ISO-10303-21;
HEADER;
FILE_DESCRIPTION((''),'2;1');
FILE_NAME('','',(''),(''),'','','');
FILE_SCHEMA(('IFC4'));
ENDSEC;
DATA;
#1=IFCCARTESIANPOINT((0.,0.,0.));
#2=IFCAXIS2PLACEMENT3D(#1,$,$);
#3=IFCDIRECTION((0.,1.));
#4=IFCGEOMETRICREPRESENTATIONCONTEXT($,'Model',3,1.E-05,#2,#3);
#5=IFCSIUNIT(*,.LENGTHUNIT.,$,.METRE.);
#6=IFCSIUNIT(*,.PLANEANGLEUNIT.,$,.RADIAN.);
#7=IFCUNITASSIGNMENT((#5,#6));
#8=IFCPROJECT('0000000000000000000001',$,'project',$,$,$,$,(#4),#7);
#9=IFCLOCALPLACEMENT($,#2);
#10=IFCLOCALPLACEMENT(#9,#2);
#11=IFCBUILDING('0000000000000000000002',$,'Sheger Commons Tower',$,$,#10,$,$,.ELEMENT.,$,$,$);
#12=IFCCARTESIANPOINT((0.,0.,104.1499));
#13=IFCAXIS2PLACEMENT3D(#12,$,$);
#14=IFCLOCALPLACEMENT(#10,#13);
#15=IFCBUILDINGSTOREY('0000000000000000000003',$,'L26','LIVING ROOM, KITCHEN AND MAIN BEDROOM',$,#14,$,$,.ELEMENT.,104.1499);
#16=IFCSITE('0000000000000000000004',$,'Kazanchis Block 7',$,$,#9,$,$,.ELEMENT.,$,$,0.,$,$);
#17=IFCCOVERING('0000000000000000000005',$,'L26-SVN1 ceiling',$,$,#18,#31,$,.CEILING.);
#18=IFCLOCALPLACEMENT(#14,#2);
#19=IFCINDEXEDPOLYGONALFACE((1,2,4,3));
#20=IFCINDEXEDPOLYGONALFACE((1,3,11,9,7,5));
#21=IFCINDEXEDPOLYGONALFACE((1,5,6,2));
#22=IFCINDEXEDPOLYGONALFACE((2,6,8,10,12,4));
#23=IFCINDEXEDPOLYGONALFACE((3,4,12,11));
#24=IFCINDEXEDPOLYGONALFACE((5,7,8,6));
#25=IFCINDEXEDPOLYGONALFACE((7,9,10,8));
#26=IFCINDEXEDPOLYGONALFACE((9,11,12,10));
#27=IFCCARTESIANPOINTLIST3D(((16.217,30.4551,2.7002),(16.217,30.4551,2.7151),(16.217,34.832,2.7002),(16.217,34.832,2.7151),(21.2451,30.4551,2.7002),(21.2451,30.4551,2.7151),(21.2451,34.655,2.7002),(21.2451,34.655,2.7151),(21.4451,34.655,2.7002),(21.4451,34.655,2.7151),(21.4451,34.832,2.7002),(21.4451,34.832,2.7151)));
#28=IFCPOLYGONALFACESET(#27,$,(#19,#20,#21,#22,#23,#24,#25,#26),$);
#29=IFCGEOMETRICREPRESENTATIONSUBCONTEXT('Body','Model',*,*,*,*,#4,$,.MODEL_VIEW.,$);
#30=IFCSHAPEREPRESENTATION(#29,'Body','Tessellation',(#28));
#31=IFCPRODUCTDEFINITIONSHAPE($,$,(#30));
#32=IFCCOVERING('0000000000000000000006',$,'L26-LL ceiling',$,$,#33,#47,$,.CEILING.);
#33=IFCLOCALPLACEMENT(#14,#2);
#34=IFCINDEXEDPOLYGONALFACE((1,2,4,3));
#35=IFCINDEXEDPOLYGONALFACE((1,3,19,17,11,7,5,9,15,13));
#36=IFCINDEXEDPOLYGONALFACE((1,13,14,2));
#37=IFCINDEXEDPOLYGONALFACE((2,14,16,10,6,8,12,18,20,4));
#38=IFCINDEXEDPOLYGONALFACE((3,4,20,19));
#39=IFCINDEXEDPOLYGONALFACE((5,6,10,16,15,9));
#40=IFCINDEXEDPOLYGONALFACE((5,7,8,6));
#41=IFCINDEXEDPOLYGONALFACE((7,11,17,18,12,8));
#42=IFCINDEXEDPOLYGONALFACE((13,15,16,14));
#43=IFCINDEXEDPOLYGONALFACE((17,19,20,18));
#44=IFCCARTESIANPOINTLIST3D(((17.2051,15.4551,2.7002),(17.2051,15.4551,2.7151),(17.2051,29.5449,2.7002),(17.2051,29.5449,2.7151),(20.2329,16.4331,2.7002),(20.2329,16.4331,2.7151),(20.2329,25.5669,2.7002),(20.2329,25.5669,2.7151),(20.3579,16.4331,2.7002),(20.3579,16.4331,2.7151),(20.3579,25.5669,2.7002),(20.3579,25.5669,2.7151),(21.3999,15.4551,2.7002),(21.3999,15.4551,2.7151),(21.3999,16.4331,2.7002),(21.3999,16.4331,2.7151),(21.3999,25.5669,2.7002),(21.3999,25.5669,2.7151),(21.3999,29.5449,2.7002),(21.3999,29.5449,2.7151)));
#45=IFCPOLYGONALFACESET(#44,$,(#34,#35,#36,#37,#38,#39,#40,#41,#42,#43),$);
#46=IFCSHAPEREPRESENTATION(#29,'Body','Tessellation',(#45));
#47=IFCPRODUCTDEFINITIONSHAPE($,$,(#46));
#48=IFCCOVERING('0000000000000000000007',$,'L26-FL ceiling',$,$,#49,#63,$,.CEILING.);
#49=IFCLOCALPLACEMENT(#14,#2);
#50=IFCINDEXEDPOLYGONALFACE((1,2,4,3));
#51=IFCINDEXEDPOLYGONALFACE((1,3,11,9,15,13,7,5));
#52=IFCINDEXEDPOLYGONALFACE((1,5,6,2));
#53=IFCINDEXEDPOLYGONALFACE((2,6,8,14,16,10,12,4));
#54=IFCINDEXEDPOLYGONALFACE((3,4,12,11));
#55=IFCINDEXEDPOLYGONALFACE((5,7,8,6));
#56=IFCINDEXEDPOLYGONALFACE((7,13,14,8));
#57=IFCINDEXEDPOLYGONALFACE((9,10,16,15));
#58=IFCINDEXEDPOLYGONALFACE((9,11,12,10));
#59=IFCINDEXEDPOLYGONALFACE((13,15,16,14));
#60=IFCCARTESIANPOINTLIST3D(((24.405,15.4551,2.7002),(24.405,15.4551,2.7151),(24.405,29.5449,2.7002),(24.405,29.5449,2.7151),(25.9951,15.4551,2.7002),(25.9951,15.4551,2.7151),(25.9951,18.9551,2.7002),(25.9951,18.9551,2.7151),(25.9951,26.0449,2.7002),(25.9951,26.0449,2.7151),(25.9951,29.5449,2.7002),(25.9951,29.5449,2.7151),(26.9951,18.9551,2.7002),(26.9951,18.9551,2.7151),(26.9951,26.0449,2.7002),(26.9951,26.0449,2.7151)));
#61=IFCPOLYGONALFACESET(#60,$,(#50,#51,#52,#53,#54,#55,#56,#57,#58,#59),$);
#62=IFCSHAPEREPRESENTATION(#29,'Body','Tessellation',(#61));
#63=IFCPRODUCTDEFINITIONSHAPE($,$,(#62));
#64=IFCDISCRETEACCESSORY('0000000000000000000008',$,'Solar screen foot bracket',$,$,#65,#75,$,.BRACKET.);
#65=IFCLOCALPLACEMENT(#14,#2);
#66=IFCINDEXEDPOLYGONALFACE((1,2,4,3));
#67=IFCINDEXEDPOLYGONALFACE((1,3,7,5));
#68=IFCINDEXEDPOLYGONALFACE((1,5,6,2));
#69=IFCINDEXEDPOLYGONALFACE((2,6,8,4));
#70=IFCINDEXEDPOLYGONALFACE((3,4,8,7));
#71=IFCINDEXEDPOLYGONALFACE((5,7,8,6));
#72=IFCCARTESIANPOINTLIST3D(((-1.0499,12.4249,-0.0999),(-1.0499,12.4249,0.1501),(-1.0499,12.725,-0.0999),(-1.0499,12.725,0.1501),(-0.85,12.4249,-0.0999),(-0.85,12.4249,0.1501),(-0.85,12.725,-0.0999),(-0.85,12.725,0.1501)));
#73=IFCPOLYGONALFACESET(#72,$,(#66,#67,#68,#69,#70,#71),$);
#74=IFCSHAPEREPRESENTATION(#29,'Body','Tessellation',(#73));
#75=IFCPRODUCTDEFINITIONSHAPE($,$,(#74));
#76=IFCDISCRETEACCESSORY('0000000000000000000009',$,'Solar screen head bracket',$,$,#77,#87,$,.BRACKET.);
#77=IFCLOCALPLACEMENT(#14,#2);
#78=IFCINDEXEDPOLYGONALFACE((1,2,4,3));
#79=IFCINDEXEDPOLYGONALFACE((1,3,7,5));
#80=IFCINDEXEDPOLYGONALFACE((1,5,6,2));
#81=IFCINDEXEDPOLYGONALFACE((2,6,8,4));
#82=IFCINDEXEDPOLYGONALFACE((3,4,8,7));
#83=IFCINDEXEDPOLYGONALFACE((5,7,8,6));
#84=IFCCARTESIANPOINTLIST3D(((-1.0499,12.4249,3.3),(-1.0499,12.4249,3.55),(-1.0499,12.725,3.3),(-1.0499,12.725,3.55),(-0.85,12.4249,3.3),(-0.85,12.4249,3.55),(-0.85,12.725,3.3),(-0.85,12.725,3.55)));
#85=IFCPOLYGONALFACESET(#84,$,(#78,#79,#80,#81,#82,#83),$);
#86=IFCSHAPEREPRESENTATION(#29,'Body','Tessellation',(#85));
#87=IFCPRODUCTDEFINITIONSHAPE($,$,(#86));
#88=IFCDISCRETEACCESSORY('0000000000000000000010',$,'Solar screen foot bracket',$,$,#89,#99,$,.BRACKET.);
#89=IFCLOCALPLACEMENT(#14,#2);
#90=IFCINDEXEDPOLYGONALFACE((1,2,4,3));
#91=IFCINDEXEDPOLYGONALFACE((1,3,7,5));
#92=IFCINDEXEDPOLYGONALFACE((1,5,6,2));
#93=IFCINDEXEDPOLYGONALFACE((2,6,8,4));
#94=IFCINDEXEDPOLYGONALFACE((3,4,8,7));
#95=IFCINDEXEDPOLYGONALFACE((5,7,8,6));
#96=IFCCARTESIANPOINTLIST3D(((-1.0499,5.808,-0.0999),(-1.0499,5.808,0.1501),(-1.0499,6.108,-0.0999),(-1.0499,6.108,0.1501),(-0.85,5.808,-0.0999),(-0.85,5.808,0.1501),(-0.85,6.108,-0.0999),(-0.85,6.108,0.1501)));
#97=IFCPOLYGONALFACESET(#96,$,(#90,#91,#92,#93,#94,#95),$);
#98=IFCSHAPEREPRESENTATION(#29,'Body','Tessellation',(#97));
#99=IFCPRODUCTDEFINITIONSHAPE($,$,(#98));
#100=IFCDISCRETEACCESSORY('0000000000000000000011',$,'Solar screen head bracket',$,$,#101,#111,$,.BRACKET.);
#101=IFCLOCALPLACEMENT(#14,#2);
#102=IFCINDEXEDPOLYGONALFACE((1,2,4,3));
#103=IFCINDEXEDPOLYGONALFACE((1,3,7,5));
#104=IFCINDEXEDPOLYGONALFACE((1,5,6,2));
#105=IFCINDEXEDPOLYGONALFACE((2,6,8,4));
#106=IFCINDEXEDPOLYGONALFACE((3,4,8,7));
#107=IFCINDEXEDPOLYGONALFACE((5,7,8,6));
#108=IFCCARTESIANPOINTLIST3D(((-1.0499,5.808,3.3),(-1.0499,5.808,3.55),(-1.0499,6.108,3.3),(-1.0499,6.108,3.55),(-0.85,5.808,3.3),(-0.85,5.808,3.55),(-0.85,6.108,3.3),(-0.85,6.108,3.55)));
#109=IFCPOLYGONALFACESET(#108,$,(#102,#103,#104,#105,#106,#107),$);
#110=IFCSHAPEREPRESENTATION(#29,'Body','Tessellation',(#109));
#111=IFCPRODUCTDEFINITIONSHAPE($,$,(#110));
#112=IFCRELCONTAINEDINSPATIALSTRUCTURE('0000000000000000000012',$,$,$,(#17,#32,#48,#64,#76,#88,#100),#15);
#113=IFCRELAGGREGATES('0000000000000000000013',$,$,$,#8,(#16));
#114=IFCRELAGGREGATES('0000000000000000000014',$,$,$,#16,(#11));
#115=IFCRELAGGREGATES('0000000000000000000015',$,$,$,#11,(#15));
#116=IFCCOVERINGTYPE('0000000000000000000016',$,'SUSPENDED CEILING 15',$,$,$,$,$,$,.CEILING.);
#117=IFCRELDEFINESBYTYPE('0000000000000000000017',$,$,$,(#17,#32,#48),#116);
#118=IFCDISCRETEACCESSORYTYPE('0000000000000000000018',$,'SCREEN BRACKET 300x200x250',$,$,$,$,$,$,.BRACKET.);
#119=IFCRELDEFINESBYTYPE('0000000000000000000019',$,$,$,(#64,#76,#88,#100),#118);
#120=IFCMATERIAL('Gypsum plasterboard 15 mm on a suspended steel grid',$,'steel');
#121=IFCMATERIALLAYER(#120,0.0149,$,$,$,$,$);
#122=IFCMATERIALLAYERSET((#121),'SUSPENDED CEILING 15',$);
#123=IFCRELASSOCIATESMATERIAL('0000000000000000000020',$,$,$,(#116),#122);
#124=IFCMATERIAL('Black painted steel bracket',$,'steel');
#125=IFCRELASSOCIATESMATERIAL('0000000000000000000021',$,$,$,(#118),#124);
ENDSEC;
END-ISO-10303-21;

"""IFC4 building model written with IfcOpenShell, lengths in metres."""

from ifc_helpers import new_model, si_unit, direction, frame, origin, origin_2d, place, context, subcontext, project, spatial, polyline, rectangle, outline, extrude, material, layer, layer_set, type_object, element, save


model = new_model("IFC4")

# Units and contexts
model_context = context("Model", 3, precision=1e-05, world=origin(), true_north=direction((0.0, 1.0)))
body_context = subcontext(model_context, "Body", "Model", "MODEL_VIEW")
ifc_project = project(units=[si_unit("LENGTHUNIT", "METRE"), si_unit("PLANEANGLEUNIT", "RADIAN")], contexts=[model_context])

# Site, building, storey
site_placement = place(None, origin())
site = spatial("IfcSite", under=ifc_project, at=site_placement, Name="Kazanchis Block 7", CompositionType="ELEMENT", RefElevation=0.0)
building_placement = place(site_placement, origin())
building = spatial("IfcBuilding", under=site, at=building_placement, Name="Sheger Commons Tower", CompositionType="ELEMENT")
storey_placement = place(building_placement, frame((0.0, 0.0, 104.1499)))
storey = spatial("IfcBuildingStorey", under=building, at=storey_placement, Name="L26", Description="LIVING ROOM, KITCHEN AND MAIN BEDROOM", CompositionType="ELEMENT", Elevation=104.1499)

# Coverings
ifc_material_1 = material(Name="Gypsum plasterboard 15 mm on a suspended steel grid", Category="steel")
ifc_layer_1 = layer(ifc_material_1, 0.0149)
ifc_layer_set_1 = layer_set([ifc_layer_1], Name="SUSPENDED CEILING 15")
covering_type_1 = type_object("IfcCoveringType", Name="SUSPENDED CEILING 15", PredefinedType="CEILING", material=ifc_layer_set_1)
covering_1_placement = place(storey_placement, frame((0.0, 0.0, 2.7002)))
element("IfcCovering", 1, at=covering_1_placement, inside=storey, type_object=covering_type_1, Name="L26-SVN1 ceiling", PredefinedType="CEILING", context=body_context, shape_type="SweptSolid", body=[
    extrude(outline(polyline([(16.217, 30.4551), (21.2451, 30.4551), (21.2451, 34.655), (21.4451, 34.655), (21.4451, 34.832), (16.217, 34.832), (16.217, 30.4551)])), origin(), (0.0, 0.0, 1.0), 0.0149),
])
covering_2_placement = place(storey_placement, frame((0.0, 0.0, 2.7002)))
element("IfcCovering", 2, at=covering_2_placement, inside=storey, type_object=covering_type_1, Name="L26-LL ceiling", PredefinedType="CEILING", context=body_context, shape_type="SweptSolid", body=[
    extrude(outline(polyline([(17.2051, 15.4551), (21.3999, 15.4551), (21.3999, 16.4331), (20.3579, 16.4331), (20.2329, 16.4331), (20.2329, 25.5669), (20.3579, 25.5669), (21.3999, 25.5669), (21.3999, 29.5449), (17.2051, 29.5449), (17.2051, 15.4551)])), origin(), (0.0, 0.0, 1.0), 0.0149),
])
covering_3_placement = place(storey_placement, frame((0.0, 0.0, 2.7002)))
element("IfcCovering", 3, at=covering_3_placement, inside=storey, type_object=covering_type_1, Name="L26-FL ceiling", PredefinedType="CEILING", context=body_context, shape_type="SweptSolid", body=[
    extrude(outline(polyline([(24.405, 15.4551), (25.9951, 15.4551), (25.9951, 18.9551), (26.9951, 18.9551), (26.9951, 26.0449), (25.9951, 26.0449), (25.9951, 29.5449), (24.405, 29.5449), (24.405, 15.4551)])), origin(), (0.0, 0.0, 1.0), 0.0149),
])

# Discrete accessories
ifc_material_2 = material(Name="Black painted steel bracket", Category="steel")
discrete_accessory_type = type_object("IfcDiscreteAccessoryType", Name="SCREEN BRACKET 300x200x250", PredefinedType="BRACKET", material=ifc_material_2)
for number, where, z_axis, x_axis, name in (
    (4, (-0.95, 12.575, -0.0999), (0.0, 0.0, 1.0), (0.0, -1.0, 0.0), "Solar screen foot bracket"),
    (5, (-0.95, 12.575, 3.3), (0.0, 0.0, 1.0), (0.0, -1.0, 0.0), "Solar screen head bracket"),
    (6, (-0.95, 5.958, -0.0999), (0.0, 0.0, 1.0), (0.0, -1.0, 0.0), "Solar screen foot bracket"),
    (7, (-0.95, 5.958, 3.3), (0.0, 0.0, 1.0), (0.0, -1.0, 0.0), "Solar screen head bracket"),
):
    element("IfcDiscreteAccessory", number, at=place(storey_placement, frame(where, z_axis=z_axis, x_axis=x_axis)), inside=storey, type_object=discrete_accessory_type, Name=name, PredefinedType="BRACKET", context=body_context, shape_type="SweptSolid", body=[
        extrude(rectangle(XDim=0.3, YDim=0.2, at=origin_2d()), origin(), (0.0, 0.0, 1.0), 0.25),
    ])

save(model, "model.ifc")
